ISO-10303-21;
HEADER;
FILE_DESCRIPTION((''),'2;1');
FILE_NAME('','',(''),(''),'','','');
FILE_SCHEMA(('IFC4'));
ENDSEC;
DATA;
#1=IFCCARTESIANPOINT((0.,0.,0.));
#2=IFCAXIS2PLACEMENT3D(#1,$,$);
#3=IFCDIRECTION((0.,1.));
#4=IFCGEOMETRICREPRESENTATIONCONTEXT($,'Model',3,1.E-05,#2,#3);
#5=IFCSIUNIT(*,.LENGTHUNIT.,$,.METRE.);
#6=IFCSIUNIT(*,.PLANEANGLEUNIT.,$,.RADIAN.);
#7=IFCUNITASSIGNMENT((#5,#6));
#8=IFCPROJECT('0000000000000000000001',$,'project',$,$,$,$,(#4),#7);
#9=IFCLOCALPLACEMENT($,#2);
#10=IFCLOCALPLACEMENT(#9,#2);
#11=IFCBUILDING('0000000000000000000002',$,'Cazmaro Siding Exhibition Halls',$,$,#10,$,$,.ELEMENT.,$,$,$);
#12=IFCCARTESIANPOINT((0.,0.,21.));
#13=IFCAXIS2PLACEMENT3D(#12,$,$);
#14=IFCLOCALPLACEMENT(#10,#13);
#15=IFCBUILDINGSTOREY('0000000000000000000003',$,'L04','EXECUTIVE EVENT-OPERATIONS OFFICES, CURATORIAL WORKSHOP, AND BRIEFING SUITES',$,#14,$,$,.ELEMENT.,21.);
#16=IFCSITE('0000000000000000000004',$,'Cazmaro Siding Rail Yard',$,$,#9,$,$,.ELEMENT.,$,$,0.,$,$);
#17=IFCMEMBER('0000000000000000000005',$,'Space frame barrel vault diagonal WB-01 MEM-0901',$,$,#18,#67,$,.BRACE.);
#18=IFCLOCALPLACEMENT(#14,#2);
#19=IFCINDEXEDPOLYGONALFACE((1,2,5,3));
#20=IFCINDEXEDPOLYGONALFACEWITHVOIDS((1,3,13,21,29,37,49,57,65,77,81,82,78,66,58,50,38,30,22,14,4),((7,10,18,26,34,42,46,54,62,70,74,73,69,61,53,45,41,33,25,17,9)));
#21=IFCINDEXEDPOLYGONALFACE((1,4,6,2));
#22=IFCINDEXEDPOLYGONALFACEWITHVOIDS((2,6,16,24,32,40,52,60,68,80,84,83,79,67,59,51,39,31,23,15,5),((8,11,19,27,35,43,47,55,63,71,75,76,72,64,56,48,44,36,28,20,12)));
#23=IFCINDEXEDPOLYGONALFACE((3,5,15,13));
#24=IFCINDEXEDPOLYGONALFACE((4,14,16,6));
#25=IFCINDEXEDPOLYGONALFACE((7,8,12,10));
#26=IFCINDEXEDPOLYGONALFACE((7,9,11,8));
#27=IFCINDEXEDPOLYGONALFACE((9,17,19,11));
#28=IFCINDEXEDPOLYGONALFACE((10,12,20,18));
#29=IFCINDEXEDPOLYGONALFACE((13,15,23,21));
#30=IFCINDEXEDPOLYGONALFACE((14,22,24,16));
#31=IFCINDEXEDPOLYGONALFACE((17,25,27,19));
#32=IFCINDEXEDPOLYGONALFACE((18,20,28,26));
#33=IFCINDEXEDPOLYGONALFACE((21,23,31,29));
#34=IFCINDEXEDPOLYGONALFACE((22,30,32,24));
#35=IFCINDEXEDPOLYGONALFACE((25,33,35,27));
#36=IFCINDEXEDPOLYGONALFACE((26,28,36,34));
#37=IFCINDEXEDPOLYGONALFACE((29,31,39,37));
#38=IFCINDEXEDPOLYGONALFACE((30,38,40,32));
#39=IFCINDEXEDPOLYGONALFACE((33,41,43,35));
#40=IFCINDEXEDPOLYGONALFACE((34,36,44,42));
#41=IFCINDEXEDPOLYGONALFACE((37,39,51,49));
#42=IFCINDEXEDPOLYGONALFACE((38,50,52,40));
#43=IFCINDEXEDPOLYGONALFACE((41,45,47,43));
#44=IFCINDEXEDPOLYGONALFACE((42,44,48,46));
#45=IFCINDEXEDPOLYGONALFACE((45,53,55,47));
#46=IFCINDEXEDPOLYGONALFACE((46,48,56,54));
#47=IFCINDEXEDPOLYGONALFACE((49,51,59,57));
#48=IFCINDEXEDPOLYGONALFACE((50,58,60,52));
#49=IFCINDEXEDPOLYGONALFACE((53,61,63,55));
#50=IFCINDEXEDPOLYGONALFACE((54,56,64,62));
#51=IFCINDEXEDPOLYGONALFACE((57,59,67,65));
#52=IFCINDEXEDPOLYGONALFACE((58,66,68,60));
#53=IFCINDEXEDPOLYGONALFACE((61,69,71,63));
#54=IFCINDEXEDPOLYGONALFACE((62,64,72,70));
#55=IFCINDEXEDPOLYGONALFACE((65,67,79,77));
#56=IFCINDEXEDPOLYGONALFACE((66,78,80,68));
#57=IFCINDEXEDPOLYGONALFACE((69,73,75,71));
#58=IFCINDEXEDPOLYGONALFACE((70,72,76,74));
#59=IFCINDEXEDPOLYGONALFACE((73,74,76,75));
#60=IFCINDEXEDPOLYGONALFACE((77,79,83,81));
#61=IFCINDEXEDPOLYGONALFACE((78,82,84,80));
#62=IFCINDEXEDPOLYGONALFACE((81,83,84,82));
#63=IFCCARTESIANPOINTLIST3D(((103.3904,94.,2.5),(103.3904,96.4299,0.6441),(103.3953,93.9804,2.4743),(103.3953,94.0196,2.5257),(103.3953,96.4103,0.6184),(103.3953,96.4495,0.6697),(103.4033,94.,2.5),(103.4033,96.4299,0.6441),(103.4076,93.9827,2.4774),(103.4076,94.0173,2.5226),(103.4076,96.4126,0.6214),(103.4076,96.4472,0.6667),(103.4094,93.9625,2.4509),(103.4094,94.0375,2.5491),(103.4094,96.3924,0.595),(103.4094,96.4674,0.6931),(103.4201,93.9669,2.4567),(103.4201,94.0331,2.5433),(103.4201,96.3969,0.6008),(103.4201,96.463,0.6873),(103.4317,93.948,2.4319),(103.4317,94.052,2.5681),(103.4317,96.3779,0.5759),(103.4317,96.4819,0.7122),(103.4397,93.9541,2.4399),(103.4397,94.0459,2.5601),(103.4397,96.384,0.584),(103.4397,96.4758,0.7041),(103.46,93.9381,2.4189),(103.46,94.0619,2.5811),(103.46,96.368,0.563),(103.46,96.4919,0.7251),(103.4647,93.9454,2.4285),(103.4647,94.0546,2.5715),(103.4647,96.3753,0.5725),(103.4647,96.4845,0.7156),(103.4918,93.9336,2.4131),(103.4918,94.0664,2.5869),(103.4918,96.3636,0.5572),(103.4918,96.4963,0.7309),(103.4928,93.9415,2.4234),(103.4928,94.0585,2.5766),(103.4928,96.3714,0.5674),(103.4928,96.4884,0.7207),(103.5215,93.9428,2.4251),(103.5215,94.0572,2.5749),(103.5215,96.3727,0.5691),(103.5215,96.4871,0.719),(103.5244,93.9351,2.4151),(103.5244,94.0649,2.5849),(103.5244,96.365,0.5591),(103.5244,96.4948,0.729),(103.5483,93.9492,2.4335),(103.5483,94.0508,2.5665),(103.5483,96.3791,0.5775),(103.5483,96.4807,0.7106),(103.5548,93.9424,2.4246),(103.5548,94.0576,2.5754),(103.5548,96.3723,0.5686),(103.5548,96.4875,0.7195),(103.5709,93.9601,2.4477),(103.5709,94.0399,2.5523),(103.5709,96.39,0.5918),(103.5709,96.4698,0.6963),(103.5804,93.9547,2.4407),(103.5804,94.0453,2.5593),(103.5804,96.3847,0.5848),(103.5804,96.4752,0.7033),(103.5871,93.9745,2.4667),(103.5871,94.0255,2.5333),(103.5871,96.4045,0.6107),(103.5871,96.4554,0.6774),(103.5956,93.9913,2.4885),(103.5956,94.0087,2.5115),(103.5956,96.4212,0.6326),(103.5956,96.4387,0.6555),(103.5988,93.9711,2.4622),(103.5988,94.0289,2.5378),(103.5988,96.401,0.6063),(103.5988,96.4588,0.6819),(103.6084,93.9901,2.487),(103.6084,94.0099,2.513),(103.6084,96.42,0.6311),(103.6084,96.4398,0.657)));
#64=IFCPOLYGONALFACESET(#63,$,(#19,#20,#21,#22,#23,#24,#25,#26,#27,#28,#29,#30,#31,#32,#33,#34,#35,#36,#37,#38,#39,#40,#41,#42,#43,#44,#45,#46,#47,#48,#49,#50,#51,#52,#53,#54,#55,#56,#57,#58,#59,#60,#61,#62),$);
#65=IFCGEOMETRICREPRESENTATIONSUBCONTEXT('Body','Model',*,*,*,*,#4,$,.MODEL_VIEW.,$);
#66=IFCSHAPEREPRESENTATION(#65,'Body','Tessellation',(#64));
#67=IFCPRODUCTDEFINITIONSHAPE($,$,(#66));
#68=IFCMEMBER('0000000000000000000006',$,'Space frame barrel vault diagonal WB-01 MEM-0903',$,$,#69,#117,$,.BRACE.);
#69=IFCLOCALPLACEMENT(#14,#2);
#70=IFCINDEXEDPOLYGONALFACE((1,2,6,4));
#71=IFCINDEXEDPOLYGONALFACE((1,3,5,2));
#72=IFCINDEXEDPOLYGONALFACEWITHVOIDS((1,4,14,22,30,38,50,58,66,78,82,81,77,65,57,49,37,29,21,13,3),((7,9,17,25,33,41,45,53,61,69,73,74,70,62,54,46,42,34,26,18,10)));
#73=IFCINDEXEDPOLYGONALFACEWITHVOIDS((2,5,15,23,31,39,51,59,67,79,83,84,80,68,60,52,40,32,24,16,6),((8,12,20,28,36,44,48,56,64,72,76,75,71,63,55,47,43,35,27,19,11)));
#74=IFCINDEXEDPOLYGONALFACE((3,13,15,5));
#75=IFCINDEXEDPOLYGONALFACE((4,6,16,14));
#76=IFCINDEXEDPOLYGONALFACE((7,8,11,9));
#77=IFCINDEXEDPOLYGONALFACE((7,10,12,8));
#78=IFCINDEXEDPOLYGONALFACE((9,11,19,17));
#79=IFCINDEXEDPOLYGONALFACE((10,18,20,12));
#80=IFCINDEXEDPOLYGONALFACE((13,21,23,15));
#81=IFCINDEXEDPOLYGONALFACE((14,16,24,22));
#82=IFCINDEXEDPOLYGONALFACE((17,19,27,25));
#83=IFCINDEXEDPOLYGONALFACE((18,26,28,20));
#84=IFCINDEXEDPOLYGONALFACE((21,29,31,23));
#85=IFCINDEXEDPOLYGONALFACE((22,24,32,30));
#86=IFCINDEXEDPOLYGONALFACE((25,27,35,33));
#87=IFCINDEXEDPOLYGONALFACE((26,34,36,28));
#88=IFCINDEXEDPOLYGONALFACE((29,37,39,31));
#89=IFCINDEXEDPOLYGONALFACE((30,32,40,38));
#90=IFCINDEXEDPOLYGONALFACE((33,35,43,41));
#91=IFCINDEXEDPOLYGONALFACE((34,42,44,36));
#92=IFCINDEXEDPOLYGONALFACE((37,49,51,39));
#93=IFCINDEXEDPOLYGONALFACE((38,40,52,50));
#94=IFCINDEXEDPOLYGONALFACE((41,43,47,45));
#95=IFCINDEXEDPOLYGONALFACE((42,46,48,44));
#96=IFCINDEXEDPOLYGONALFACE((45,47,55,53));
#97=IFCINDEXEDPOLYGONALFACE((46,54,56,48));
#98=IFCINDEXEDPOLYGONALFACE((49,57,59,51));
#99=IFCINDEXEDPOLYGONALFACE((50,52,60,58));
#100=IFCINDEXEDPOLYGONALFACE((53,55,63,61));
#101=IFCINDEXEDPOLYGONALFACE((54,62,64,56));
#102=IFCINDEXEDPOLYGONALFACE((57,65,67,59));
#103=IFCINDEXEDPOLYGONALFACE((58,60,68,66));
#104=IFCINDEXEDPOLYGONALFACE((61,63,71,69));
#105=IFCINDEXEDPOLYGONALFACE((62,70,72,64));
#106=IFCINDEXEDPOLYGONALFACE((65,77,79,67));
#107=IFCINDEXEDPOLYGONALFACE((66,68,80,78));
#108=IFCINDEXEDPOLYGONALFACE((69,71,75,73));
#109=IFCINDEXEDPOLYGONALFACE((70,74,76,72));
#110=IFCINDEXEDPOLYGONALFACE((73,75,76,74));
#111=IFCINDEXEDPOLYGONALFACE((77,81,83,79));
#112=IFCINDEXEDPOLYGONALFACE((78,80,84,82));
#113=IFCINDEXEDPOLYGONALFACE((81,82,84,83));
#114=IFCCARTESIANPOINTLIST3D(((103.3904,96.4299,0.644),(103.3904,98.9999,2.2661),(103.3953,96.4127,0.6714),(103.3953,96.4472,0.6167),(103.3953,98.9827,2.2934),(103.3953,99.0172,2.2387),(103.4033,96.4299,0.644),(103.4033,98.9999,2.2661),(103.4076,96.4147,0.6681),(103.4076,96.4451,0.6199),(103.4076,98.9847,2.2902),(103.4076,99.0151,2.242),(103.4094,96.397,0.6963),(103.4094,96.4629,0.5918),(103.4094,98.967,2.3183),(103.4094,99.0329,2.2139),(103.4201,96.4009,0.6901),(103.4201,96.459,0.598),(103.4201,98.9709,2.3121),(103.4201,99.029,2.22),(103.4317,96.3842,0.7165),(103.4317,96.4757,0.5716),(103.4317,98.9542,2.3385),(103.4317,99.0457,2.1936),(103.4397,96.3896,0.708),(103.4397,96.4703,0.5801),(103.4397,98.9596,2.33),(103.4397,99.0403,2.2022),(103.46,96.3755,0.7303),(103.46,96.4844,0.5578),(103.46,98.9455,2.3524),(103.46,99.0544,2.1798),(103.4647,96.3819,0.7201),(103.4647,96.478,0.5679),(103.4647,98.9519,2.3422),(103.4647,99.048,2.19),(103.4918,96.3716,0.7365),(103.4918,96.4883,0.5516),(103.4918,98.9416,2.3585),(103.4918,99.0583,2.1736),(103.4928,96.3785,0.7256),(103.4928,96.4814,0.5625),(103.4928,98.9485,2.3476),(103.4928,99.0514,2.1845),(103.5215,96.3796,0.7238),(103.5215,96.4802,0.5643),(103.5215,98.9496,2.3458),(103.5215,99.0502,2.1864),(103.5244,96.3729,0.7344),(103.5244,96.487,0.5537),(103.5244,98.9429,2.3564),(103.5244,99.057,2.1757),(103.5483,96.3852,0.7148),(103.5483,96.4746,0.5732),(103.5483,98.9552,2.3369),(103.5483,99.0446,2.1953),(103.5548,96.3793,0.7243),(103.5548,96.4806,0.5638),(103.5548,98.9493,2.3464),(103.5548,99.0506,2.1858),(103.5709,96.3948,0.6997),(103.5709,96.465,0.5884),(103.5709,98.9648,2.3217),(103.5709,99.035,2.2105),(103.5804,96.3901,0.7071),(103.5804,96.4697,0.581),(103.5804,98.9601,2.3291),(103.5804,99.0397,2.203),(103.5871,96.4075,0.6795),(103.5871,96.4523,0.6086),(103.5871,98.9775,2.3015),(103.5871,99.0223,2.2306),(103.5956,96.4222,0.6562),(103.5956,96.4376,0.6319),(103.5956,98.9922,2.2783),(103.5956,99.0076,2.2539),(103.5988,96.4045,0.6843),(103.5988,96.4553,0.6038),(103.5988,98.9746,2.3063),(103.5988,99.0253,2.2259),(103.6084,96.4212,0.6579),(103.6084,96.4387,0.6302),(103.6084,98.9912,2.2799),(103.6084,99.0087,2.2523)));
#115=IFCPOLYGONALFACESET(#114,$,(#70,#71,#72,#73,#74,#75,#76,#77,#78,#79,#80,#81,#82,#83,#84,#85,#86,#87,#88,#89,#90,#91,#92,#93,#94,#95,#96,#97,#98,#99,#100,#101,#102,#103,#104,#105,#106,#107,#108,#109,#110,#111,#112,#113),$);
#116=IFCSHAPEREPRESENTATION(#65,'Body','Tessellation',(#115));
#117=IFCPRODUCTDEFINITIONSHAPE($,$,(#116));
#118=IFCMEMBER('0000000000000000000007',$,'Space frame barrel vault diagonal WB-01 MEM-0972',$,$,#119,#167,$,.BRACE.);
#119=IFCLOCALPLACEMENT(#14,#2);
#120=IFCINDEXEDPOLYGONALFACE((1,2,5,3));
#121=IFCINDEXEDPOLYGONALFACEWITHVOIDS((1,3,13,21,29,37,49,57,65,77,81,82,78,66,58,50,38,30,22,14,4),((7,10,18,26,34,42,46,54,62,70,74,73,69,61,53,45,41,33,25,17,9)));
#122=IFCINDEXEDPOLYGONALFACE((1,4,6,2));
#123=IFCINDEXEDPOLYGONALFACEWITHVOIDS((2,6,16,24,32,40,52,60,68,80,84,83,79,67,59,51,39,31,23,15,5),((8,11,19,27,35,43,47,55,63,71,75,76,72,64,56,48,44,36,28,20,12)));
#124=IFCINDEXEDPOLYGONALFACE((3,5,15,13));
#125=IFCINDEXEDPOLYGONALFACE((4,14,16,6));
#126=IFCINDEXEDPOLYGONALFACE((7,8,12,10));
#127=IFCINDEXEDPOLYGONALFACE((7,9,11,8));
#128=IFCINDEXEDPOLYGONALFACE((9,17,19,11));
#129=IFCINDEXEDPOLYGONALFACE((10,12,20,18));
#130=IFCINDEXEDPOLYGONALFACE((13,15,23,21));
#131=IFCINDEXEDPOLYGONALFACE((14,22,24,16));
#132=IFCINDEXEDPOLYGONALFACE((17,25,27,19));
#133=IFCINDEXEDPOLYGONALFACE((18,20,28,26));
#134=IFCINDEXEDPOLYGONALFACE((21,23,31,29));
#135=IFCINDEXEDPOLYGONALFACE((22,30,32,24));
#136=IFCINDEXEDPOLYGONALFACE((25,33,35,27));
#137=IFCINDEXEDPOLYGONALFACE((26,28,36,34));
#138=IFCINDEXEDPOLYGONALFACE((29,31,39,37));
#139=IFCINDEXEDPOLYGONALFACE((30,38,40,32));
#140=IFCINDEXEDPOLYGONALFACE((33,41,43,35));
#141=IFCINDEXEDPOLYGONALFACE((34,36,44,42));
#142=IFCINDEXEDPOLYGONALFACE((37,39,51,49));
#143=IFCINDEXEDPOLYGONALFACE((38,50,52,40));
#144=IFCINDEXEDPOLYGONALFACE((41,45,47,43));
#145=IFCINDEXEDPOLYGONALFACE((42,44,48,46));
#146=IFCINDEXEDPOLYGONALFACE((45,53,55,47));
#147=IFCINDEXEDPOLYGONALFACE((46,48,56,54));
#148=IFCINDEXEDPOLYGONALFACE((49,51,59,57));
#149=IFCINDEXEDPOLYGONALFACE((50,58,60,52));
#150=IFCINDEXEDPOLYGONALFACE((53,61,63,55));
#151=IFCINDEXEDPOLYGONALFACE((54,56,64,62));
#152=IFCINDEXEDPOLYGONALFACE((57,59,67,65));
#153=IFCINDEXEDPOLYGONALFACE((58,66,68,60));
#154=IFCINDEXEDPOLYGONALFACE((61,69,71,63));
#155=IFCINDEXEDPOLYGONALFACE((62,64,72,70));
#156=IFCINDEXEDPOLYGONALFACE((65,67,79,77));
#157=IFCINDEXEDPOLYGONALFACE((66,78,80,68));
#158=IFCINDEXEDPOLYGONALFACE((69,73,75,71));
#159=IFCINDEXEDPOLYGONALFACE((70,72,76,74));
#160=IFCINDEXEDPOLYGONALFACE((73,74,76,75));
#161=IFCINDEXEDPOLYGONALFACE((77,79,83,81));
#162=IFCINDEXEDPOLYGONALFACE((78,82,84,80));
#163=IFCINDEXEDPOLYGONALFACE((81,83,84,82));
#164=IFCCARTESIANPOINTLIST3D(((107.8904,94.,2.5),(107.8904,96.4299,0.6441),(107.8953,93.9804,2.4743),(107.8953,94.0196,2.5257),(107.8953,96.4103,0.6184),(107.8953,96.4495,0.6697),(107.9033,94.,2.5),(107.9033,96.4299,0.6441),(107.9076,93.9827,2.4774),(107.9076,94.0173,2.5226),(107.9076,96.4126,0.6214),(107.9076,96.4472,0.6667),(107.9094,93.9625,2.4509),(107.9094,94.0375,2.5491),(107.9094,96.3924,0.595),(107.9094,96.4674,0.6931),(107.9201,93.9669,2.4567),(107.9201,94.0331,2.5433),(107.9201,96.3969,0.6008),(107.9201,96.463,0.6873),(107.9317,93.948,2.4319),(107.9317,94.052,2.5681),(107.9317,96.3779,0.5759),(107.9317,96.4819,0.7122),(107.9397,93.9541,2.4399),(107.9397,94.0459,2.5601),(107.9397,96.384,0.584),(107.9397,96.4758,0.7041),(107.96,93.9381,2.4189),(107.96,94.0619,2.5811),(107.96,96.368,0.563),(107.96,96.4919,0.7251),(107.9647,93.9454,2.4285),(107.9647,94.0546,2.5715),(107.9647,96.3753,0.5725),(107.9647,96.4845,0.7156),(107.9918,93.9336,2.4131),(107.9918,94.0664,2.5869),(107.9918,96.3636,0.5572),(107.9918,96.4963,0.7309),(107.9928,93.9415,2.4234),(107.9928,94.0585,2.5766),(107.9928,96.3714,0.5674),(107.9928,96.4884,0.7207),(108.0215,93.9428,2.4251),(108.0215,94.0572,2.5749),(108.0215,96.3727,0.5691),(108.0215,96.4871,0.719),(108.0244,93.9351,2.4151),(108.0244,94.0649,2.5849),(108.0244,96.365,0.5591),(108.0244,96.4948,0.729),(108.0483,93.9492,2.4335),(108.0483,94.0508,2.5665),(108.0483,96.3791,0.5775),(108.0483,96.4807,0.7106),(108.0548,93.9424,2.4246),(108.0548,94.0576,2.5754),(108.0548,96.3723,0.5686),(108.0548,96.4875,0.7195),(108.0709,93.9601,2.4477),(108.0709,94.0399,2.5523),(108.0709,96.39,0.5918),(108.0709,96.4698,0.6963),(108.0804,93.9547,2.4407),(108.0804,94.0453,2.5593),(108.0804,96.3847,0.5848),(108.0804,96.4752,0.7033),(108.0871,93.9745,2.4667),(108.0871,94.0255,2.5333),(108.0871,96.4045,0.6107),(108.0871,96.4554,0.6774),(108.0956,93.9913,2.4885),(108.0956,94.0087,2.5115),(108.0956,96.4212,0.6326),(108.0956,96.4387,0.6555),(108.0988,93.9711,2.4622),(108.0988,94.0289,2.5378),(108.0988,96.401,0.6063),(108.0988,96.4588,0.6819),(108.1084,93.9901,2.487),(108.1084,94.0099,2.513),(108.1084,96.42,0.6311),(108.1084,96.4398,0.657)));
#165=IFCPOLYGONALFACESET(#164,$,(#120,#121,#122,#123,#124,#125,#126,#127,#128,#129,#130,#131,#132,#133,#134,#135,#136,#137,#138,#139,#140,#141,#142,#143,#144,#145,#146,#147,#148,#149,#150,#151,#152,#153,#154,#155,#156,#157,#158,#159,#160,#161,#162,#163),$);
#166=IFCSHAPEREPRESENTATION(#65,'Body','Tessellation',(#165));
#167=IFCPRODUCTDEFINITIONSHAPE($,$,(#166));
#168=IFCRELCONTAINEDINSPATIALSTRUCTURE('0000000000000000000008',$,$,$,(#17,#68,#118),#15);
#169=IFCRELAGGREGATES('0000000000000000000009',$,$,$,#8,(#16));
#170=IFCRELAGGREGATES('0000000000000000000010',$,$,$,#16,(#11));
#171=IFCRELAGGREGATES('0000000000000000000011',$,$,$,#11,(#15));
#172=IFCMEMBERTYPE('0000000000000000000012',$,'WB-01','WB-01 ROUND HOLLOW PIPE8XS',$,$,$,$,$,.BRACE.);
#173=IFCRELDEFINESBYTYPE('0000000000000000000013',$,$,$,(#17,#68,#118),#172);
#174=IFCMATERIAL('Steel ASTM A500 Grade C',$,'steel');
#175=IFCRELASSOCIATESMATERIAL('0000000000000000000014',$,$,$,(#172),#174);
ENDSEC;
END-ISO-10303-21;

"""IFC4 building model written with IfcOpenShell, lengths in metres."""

from ifc_helpers import new_model, si_unit, direction, frame, origin, origin_2d, place, context, subcontext, project, spatial, hollow_circle, extrude, material, material_profile, profile_set, type_object, element, save


model = new_model("IFC4")

# Units and contexts
model_context = context("Model", 3, precision=1e-05, world=origin(), true_north=direction((0.0, 1.0)))
body_context = subcontext(model_context, "Body", "Model", "MODEL_VIEW")
ifc_project = project(units=[si_unit("LENGTHUNIT", "METRE"), si_unit("PLANEANGLEUNIT", "RADIAN")], contexts=[model_context])

# Site, building, storey
site_placement = place(None, origin())
site = spatial("IfcSite", under=ifc_project, at=site_placement, Name="Cazmaro Siding Rail Yard", CompositionType="ELEMENT", RefElevation=0.0)
building_placement = place(site_placement, origin())
building = spatial("IfcBuilding", under=site, at=building_placement, Name="Cazmaro Siding Exhibition Halls", CompositionType="ELEMENT")
storey_placement = place(building_placement, frame((0.0, 0.0, 21.0)))
storey = spatial("IfcBuildingStorey", under=building, at=storey_placement, Name="L04", Description="EXECUTIVE EVENT-OPERATIONS OFFICES, CURATORIAL WORKSHOP, AND BRIEFING SUITES", CompositionType="ELEMENT", Elevation=21.0)

# Members
ifc_material_1 = material(Name="Steel ASTM A500 Grade C", Category="steel")
ifc_material_profile_1 = material_profile(ifc_material_1, hollow_circle(Radius=0.1096, WallThickness=0.0129, at=origin_2d()), Name="PIPE8XS")
ifc_profile_set_1 = profile_set([ifc_material_profile_1], Name="Steel ASTM A500 Grade C")
member_type_1 = type_object("IfcMemberType", Name="WB-01", Description="WB-01 ROUND HOLLOW PIPE8XS", PredefinedType="BRACE", material=ifc_profile_set_1)
member_1_placement = place(storey_placement, frame((103.5, 94.0, 2.5), z_axis=(0.0, 0.794709, -0.606991), x_axis=(-1.0, 0.0, 0.0)))
element("IfcMember", 1, at=member_1_placement, inside=storey, type_object=member_type_1, Name="Space frame barrel vault diagonal WB-01 MEM-0901", PredefinedType="BRACE", context=body_context, shape_type="SweptSolid", body=[
    extrude(hollow_circle(Radius=0.1096, WallThickness=0.0129, at=origin_2d()), origin(), (0.0, 0.0, 1.0), 3.0576),
])
member_2_placement = place(storey_placement, frame((103.5, 96.4299, 0.644), z_axis=(0.0, 0.845657, 0.533727), x_axis=(-1.0, 0.0, 0.0)))
element("IfcMember", 2, at=member_2_placement, inside=storey, type_object=member_type_1, Name="Space frame barrel vault diagonal WB-01 MEM-0903", PredefinedType="BRACE", context=body_context, shape_type="SweptSolid", body=[
    extrude(hollow_circle(Radius=0.1096, WallThickness=0.0129, at=origin_2d()), origin(), (0.0, 0.0, 1.0), 3.0391),
])
member_3_placement = place(storey_placement, frame((108.0, 94.0, 2.5), z_axis=(0.0, 0.794709, -0.606991), x_axis=(-1.0, 0.0, 0.0)))
element("IfcMember", 3, at=member_3_placement, inside=storey, type_object=member_type_1, Name="Space frame barrel vault diagonal WB-01 MEM-0972", PredefinedType="BRACE", context=body_context, shape_type="SweptSolid", body=[
    extrude(hollow_circle(Radius=0.1096, WallThickness=0.0129, at=origin_2d()), origin(), (0.0, 0.0, 1.0), 3.0576),
])

save(model, "model.ifc")
